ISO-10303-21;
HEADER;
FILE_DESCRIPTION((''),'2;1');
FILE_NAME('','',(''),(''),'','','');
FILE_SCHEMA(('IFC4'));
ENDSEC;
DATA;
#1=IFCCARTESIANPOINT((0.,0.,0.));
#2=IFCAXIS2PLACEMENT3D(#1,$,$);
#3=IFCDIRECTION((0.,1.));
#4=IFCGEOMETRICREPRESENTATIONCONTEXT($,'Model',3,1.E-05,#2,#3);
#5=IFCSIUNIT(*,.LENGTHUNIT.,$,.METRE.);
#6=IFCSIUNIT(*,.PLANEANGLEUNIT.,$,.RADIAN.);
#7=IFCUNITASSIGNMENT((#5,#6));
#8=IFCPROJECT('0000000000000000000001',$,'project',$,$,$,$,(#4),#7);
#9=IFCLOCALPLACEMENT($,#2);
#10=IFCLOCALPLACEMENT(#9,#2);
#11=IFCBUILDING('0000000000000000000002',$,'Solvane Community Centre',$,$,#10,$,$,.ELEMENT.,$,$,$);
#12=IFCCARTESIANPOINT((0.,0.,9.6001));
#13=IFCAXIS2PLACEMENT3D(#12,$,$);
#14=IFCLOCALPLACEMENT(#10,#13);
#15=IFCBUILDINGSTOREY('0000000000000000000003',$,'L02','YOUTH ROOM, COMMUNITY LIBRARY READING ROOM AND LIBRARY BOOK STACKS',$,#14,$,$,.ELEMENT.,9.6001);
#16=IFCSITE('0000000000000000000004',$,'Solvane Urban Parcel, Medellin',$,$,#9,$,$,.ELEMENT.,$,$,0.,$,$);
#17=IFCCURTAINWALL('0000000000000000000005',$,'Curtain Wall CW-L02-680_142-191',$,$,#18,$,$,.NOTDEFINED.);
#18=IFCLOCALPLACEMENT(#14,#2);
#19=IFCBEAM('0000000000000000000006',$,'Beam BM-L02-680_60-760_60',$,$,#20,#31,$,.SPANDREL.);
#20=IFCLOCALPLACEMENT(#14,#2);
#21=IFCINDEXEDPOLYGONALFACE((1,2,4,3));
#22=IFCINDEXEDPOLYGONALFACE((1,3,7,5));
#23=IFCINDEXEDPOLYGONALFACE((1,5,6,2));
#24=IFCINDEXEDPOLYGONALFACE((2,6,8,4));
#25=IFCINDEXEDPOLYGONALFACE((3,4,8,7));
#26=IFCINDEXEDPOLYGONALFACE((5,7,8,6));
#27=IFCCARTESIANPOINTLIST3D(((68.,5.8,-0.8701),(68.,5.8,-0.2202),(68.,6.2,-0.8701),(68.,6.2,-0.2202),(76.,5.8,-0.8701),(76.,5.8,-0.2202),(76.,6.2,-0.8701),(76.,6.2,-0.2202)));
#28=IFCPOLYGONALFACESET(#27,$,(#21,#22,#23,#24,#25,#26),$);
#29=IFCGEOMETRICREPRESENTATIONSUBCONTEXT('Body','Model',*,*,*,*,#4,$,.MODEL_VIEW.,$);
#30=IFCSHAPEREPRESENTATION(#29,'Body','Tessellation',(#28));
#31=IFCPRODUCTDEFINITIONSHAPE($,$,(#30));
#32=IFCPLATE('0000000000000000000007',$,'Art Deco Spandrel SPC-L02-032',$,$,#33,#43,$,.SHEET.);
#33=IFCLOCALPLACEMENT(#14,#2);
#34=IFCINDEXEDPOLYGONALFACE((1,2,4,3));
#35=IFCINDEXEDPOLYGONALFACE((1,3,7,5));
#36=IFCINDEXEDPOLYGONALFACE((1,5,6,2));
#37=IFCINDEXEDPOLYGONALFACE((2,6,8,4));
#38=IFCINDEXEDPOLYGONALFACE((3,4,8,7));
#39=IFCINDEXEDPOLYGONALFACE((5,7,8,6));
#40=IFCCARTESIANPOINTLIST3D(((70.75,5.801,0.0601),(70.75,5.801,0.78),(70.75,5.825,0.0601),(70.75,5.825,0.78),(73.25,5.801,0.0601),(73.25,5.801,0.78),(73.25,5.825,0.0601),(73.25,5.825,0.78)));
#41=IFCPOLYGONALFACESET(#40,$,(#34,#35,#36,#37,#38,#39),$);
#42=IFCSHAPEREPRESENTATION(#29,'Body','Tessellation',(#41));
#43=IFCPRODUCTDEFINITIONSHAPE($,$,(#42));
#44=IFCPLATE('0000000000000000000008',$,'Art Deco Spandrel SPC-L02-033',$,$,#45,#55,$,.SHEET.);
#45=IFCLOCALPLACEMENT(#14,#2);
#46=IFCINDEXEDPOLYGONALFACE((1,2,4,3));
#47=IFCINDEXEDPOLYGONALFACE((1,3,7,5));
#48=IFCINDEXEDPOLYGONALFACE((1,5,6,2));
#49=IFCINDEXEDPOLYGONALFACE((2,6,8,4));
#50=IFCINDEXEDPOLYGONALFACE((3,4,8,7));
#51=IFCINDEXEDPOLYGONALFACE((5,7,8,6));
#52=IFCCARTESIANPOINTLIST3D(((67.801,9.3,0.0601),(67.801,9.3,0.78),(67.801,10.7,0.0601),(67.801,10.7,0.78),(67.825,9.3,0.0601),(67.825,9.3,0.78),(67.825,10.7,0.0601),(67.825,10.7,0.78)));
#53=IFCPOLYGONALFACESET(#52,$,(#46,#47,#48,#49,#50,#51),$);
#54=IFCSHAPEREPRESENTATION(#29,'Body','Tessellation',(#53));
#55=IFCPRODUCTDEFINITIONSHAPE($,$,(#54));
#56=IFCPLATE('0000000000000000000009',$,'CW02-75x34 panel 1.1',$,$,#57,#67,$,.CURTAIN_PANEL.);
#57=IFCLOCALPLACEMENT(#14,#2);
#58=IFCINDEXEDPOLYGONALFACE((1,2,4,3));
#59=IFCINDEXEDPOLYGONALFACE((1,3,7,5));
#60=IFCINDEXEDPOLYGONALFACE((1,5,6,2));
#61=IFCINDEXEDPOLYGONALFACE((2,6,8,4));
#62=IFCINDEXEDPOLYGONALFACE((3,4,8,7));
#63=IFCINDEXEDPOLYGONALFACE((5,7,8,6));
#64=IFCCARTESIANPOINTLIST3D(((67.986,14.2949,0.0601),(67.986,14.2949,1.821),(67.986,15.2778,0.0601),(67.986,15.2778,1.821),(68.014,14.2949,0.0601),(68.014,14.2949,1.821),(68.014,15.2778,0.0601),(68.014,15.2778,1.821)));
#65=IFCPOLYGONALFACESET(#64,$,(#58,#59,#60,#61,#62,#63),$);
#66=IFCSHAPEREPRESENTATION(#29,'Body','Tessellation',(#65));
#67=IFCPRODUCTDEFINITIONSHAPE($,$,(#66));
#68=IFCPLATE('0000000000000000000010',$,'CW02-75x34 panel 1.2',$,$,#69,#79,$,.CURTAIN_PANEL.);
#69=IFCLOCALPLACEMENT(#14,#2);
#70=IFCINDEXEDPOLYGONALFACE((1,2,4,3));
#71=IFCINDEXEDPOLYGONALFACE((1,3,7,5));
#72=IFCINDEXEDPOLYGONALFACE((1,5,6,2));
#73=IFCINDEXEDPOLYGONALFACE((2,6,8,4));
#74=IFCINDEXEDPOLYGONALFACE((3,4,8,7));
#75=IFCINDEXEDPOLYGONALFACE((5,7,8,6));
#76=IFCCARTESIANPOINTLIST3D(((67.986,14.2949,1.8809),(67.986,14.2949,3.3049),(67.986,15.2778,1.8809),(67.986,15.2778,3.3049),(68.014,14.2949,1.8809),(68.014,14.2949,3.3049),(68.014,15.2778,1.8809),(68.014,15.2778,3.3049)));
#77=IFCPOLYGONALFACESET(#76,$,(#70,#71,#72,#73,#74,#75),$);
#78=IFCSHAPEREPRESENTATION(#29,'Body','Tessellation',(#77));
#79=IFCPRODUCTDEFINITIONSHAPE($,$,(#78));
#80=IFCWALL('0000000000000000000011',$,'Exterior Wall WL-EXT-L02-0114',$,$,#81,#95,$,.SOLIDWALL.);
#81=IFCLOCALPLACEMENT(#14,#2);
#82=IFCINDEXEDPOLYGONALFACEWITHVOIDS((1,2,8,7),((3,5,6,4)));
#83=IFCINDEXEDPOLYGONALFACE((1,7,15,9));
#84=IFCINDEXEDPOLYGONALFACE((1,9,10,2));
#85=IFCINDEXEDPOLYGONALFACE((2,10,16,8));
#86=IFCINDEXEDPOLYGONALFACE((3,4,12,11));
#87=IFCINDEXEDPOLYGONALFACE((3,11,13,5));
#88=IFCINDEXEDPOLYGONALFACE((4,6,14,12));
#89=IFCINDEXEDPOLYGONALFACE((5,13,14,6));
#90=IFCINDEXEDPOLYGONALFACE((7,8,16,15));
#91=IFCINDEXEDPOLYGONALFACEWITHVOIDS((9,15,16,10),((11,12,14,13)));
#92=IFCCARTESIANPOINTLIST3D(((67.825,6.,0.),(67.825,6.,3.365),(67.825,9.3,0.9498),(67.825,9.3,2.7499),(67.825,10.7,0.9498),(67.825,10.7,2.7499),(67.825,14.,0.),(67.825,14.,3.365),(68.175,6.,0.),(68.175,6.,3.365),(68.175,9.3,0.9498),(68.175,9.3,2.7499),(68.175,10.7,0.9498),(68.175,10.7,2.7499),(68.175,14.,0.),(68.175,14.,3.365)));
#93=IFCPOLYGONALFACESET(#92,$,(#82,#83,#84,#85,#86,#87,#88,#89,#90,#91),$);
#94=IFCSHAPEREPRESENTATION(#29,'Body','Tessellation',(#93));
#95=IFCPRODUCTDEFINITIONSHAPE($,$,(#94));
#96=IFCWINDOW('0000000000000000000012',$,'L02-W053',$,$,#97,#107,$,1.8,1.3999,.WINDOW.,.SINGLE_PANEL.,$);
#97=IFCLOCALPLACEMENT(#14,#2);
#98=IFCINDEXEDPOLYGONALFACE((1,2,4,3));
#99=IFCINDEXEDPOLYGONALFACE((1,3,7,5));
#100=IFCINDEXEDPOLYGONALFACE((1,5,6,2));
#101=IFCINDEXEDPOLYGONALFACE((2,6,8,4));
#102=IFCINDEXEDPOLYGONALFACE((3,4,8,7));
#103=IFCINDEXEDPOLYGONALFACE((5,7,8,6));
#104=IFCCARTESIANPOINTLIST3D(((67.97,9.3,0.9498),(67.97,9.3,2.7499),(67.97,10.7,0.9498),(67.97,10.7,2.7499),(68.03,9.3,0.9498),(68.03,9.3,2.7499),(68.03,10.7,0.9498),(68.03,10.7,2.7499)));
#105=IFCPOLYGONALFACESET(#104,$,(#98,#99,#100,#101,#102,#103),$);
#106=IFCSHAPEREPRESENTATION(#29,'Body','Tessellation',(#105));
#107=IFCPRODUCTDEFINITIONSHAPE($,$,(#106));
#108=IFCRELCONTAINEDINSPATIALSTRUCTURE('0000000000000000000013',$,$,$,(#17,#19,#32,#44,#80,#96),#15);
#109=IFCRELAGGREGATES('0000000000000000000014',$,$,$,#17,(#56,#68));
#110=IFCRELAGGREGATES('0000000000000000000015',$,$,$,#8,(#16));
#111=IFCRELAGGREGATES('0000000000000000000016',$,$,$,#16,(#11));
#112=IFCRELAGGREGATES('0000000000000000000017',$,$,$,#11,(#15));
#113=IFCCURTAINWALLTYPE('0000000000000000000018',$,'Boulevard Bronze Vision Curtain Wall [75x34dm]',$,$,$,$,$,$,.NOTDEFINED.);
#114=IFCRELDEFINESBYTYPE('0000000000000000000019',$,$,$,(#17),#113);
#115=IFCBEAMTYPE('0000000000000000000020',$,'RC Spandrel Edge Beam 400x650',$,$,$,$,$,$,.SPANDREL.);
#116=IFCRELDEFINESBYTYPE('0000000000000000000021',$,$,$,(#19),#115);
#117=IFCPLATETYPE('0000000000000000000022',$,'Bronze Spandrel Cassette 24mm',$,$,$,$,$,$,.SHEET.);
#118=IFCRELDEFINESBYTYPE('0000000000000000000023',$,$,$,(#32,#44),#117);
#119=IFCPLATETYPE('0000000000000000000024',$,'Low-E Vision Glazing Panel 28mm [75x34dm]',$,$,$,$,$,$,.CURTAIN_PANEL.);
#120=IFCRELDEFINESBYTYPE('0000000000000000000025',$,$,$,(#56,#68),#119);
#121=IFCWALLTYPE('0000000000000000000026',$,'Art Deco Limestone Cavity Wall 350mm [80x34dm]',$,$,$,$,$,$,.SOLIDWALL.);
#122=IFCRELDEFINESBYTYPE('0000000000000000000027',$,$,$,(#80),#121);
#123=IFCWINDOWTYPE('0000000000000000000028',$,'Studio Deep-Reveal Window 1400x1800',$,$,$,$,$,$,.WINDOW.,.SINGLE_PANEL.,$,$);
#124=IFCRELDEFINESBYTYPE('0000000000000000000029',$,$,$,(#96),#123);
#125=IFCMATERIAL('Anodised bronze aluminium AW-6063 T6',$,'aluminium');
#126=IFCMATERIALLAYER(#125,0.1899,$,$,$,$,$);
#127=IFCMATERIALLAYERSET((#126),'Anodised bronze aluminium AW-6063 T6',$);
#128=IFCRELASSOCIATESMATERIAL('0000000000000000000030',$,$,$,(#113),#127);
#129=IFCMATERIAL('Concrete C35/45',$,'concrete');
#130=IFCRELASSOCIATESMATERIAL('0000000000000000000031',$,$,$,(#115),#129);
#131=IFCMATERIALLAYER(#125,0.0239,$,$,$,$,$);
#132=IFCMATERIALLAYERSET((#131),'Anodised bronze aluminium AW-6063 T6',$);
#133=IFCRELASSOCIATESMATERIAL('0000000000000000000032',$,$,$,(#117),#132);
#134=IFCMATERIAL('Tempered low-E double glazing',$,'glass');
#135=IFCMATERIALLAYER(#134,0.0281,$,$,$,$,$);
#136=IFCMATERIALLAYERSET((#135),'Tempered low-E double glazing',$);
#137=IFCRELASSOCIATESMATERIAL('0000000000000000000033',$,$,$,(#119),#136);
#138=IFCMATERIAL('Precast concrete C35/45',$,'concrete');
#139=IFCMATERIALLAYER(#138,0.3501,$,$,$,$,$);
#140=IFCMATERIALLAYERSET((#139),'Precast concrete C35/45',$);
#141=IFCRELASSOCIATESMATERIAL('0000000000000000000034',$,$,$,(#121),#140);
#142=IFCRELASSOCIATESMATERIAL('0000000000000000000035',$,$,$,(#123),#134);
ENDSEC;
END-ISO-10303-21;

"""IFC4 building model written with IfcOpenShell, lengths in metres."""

from ifc_helpers import new_model, si_unit, direction, frame, frame_2d, origin, origin_2d, place, context, subcontext, project, spatial, rectangle, extrude, material, layer, layer_set, material_profile, profile_set, type_object, element, fill, aggregate, save


model = new_model("IFC4")

# Units and contexts
model_context = context("Model", 3, precision=1e-05, world=origin(), true_north=direction((0.0, 1.0)))
body_context = subcontext(model_context, "Body", "Model", "MODEL_VIEW")
ifc_project = project(units=[si_unit("LENGTHUNIT", "METRE"), si_unit("PLANEANGLEUNIT", "RADIAN")], contexts=[model_context])

# Site, building, storey
site_placement = place(None, origin())
site = spatial("IfcSite", under=ifc_project, at=site_placement, Name="Solvane Urban Parcel, Medellin", CompositionType="ELEMENT", RefElevation=0.0)
building_placement = place(site_placement, origin())
building = spatial("IfcBuilding", under=site, at=building_placement, Name="Solvane Community Centre", CompositionType="ELEMENT")
storey_placement = place(building_placement, frame((0.0, 0.0, 9.6001)))
storey = spatial("IfcBuildingStorey", under=building, at=storey_placement, Name="L02", Description="YOUTH ROOM, COMMUNITY LIBRARY READING ROOM AND LIBRARY BOOK STACKS", CompositionType="ELEMENT", Elevation=9.6001)

# Shared definitions
ifc_material_1 = material(Name="Precast concrete C35/45", Category="concrete")

# Curtain wall
ifc_material_2 = material(Name="Anodised bronze aluminium AW-6063 T6", Category="aluminium")
ifc_layer_1 = layer(ifc_material_2, 0.1899)
ifc_layer_set_1 = layer_set([ifc_layer_1], Name="Anodised bronze aluminium AW-6063 T6")
curtain_wall_type = type_object("IfcCurtainWallType", Name="Boulevard Bronze Vision Curtain Wall [75x34dm]", PredefinedType="NOTDEFINED", material=ifc_layer_set_1)
curtain_wall_placement = place(storey_placement, origin())
curtain_wall = element("IfcCurtainWall", 1, at=curtain_wall_placement, inside=storey, type_object=curtain_wall_type, Name="Curtain Wall CW-L02-680_142-191", PredefinedType="NOTDEFINED")

# Beam
ifc_material_3 = material(Name="Concrete C35/45", Category="concrete")
ifc_material_profile_1 = material_profile(ifc_material_3, rectangle(XDim=0.3999, YDim=0.6499, at=origin_2d()), Name="RC 400x650")
ifc_profile_set_1 = profile_set([ifc_material_profile_1], Name="Concrete C35/45")
beam_type_1 = type_object("IfcBeamType", Name="RC Spandrel Edge Beam 400x650", PredefinedType="SPANDREL", material=ifc_profile_set_1)
beam_1_placement = place(storey_placement, frame((68.0, 6.0, -0.5452), z_axis=(1.0, 0.0, 0.0), x_axis=(0.0, 1.0, 0.0)))
element("IfcBeam", 2, at=beam_1_placement, inside=storey, type_object=beam_type_1, Name="Beam BM-L02-680_60-760_60", PredefinedType="SPANDREL", context=body_context, shape_type="SweptSolid", body=[
    extrude(rectangle(XDim=0.3999, YDim=0.6499, at=origin_2d()), origin(), (0.0, 0.0, 1.0), 8.0),
])

# Plates
ifc_layer_2 = layer(ifc_material_2, 0.0239)
ifc_layer_set_2 = layer_set([ifc_layer_2], Name="Anodised bronze aluminium AW-6063 T6")
plate_type_1 = type_object("IfcPlateType", Name="Bronze Spandrel Cassette 24mm", PredefinedType="SHEET", material=ifc_layer_set_2)
plate_1_placement = place(storey_placement, frame((72.0, 5.813, 0.0601), z_axis=(0.0, 0.0, 1.0), x_axis=(-1.0, 0.0, 0.0)))
element("IfcPlate", 3, at=plate_1_placement, inside=storey, type_object=plate_type_1, Name="Art Deco Spandrel SPC-L02-032", PredefinedType="SHEET", context=body_context, shape_type="SweptSolid", body=[
    extrude(rectangle(XDim=2.5, YDim=0.0239, at=origin_2d()), origin(), (0.0, 0.0, 1.0), 0.72),
])
plate_2_placement = place(storey_placement, frame((67.813, 10.0, 0.0601), z_axis=(0.0, 0.0, 1.0), x_axis=(0.0, 1.0, 0.0)))
element("IfcPlate", 4, at=plate_2_placement, inside=storey, type_object=plate_type_1, Name="Art Deco Spandrel SPC-L02-033", PredefinedType="SHEET", context=body_context, shape_type="SweptSolid", body=[
    extrude(rectangle(XDim=1.3999, YDim=0.0239, at=origin_2d()), origin(), (0.0, 0.0, 1.0), 0.72),
])

# Plates
ifc_material_4 = material(Name="Tempered low-E double glazing", Category="glass")
ifc_layer_3 = layer(ifc_material_4, 0.0281)
ifc_layer_set_3 = layer_set([ifc_layer_3], Name="Tempered low-E double glazing")
plate_type_2 = type_object("IfcPlateType", Name="Low-E Vision Glazing Panel 28mm [75x34dm]", PredefinedType="CURTAIN_PANEL", material=ifc_layer_set_3)
plate_3_placement = place(storey_placement, frame((68.0, 14.7864, 0.0601), z_axis=(0.0, 0.0, 1.0), x_axis=(0.0, 1.0, 0.0)))
plate_3 = element("IfcPlate", 5, at=plate_3_placement, type_object=plate_type_2, Name="CW02-75x34 panel 1.1", PredefinedType="CURTAIN_PANEL", context=body_context, shape_type="SweptSolid", body=[
    extrude(rectangle(XDim=0.9829, YDim=0.0281, at=origin_2d()), origin(), (0.0, 0.0, 1.0), 1.761),
])
plate_4_placement = place(storey_placement, frame((68.0, 14.7864, 1.8809), z_axis=(0.0, 0.0, 1.0), x_axis=(0.0, 1.0, 0.0)))
plate_4 = element("IfcPlate", 6, at=plate_4_placement, type_object=plate_type_2, Name="CW02-75x34 panel 1.2", PredefinedType="CURTAIN_PANEL", context=body_context, shape_type="SweptSolid", body=[
    extrude(rectangle(XDim=0.9829, YDim=0.0281, at=origin_2d()), origin(), (0.0, 0.0, 1.0), 1.4241),
])
aggregate(curtain_wall, [plate_3, plate_4])

# Wall, opening, window
ifc_layer_4 = layer(ifc_material_1, 0.3501)
ifc_layer_set_4 = layer_set([ifc_layer_4], Name="Precast concrete C35/45")
wall_type = type_object("IfcWallType", Name="Art Deco Limestone Cavity Wall 350mm [80x34dm]", PredefinedType="SOLIDWALL", material=ifc_layer_set_4)
wall_placement = place(storey_placement, frame((68.0, 6.0, 0.0), z_axis=(0.0, 0.0, 1.0), x_axis=(0.0, 1.0, 0.0)))
wall = element("IfcWall", 7, at=wall_placement, inside=storey, type_object=wall_type, Name="Exterior Wall WL-EXT-L02-0114", PredefinedType="SOLIDWALL", context=body_context, shape_type="SweptSolid", body=[
    extrude(rectangle(XDim=8.0, YDim=0.3501, at=frame_2d((4.0, 0.0))), origin(), (0.0, 0.0, 1.0), 3.365),
])
opening_placement = place(wall_placement, frame((3.3, 0.0, 0.95)))
opening = element("IfcOpeningElement", 8, at=opening_placement, cuts=wall, PredefinedType="OPENING", context=body_context, shape_type="SweptSolid", body=[
    extrude(rectangle(XDim=1.3999, YDim=1.8, at=frame_2d((0.7, 0.8999))), frame((0.0, 0.1851, 0.0), z_axis=(0.0, -1.0, 0.0), x_axis=(1.0, 0.0, 0.0)), (0.0, 0.0, 1.0), 0.3701),
])
window_type = type_object("IfcWindowType", Name="Studio Deep-Reveal Window 1400x1800", PartitioningType="SINGLE_PANEL", PredefinedType="WINDOW", material=ifc_material_4)
window_placement = place(opening_placement, origin())
window = element("IfcWindow", 9, at=window_placement, inside=storey, type_object=window_type, Name="L02-W053", OverallHeight=1.8, OverallWidth=1.3999, PartitioningType="SINGLE_PANEL", PredefinedType="WINDOW", context=body_context, shape_type="SweptSolid", body=[
    extrude(rectangle(XDim=1.3999, YDim=1.8, at=frame_2d((0.7, 0.8999))), frame((0.0, 0.03, 0.0), z_axis=(0.0, -1.0, 0.0), x_axis=(1.0, 0.0, 0.0)), (0.0, 0.0, 1.0), 0.0601),
])
fill(opening, window)

save(model, "model.ifc")
